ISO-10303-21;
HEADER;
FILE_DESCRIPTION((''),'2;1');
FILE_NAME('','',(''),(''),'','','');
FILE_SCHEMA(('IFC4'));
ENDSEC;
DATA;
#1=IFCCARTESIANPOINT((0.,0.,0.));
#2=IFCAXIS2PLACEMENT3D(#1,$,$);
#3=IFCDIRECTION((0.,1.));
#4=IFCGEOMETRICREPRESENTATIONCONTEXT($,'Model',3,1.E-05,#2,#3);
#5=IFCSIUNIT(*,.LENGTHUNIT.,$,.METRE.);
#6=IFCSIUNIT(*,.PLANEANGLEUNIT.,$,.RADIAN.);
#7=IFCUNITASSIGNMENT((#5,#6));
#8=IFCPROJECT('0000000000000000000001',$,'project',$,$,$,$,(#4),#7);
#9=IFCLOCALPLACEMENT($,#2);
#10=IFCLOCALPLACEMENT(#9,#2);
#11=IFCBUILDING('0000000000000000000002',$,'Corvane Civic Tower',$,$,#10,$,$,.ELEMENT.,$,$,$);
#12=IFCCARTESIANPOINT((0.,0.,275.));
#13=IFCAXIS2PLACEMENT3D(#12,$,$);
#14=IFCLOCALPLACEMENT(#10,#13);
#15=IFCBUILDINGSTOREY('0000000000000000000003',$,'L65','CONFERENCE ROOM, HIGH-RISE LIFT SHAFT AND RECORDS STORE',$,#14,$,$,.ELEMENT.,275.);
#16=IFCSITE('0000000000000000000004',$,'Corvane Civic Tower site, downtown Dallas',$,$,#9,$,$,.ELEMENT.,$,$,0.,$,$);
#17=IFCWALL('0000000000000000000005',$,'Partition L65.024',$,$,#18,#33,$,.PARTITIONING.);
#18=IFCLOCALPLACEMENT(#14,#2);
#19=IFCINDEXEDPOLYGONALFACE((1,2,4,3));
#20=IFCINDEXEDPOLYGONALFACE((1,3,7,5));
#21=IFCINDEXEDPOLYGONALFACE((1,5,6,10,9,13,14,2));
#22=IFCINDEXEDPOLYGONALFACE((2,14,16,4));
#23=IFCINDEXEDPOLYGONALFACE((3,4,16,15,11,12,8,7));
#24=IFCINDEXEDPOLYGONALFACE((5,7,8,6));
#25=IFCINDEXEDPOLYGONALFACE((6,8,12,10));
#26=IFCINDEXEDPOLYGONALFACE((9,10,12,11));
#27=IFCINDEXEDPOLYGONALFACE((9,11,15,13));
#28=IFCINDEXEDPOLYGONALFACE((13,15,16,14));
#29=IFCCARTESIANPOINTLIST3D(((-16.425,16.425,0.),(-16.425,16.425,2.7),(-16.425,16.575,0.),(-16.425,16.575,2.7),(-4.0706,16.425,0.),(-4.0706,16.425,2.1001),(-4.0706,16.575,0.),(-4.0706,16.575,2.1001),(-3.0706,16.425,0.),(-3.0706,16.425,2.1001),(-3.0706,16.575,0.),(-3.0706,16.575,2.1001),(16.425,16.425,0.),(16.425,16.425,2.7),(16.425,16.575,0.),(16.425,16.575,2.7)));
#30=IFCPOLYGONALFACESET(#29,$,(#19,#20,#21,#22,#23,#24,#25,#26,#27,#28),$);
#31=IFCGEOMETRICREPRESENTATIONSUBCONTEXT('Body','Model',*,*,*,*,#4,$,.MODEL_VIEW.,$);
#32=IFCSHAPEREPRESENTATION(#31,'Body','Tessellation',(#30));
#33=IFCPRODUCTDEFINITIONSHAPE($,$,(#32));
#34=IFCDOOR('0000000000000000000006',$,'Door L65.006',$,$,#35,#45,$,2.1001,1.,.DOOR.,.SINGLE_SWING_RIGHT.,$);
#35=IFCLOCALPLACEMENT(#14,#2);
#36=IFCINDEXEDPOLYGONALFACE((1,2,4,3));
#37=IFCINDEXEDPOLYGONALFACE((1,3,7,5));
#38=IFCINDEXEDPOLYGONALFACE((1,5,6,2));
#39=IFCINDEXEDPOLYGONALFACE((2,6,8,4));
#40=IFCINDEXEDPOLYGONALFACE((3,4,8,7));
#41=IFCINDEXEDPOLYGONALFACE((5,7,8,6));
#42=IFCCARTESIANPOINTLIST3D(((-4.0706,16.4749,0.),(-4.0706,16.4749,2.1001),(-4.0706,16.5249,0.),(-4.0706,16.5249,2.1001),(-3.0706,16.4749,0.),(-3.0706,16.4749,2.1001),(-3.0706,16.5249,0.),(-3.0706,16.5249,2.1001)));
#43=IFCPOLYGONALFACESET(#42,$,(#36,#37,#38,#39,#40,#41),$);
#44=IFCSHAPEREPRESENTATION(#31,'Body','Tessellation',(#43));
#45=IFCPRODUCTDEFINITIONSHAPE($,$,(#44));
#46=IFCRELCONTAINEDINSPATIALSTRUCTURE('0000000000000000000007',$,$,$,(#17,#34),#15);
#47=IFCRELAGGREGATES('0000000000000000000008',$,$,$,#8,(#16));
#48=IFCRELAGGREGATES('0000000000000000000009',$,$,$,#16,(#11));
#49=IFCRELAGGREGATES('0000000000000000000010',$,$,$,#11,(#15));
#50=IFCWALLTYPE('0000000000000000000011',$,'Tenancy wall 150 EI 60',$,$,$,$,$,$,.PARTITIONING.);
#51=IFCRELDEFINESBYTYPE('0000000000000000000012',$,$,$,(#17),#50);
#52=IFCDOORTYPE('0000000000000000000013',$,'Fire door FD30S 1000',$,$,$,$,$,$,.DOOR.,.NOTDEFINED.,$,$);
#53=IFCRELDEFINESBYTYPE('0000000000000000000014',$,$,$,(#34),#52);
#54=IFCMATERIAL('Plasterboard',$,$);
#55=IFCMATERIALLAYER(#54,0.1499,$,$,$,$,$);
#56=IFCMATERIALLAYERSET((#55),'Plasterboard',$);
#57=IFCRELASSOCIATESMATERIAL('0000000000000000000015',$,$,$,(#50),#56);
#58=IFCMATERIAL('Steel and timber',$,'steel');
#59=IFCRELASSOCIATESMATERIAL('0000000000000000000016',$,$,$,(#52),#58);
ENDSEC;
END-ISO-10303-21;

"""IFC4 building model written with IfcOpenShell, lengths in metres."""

from ifc_helpers import new_model, si_unit, direction, frame, frame_2d, origin, place, context, subcontext, project, spatial, rectangle, extrude, material, layer, layer_set, type_object, element, fill, save


model = new_model("IFC4")

# Units and contexts
model_context = context("Model", 3, precision=1e-05, world=origin(), true_north=direction((0.0, 1.0)))
body_context = subcontext(model_context, "Body", "Model", "MODEL_VIEW")
ifc_project = project(units=[si_unit("LENGTHUNIT", "METRE"), si_unit("PLANEANGLEUNIT", "RADIAN")], contexts=[model_context])

# Site, building, storey
site_placement = place(None, origin())
site = spatial("IfcSite", under=ifc_project, at=site_placement, Name="Corvane Civic Tower site, downtown Dallas", CompositionType="ELEMENT", RefElevation=0.0)
building_placement = place(site_placement, origin())
building = spatial("IfcBuilding", under=site, at=building_placement, Name="Corvane Civic Tower", CompositionType="ELEMENT")
storey_placement = place(building_placement, frame((0.0, 0.0, 275.0)))
storey = spatial("IfcBuildingStorey", under=building, at=storey_placement, Name="L65", Description="CONFERENCE ROOM, HIGH-RISE LIFT SHAFT AND RECORDS STORE", CompositionType="ELEMENT", Elevation=275.0)

# Wall, opening, door
ifc_material_1 = material(Name="Plasterboard")
ifc_layer_1 = layer(ifc_material_1, 0.1499)
ifc_layer_set_1 = layer_set([ifc_layer_1], Name="Plasterboard")
wall_type_1 = type_object("IfcWallType", Name="Tenancy wall 150 EI 60", PredefinedType="PARTITIONING", material=ifc_layer_set_1)
wall_1_placement = place(storey_placement, frame((-16.425, 16.5, 0.0), z_axis=(0.0, 0.0, 1.0), x_axis=(1.0, 0.0, 0.0)))
wall_1 = element("IfcWall", 1, at=wall_1_placement, inside=storey, type_object=wall_type_1, Name="Partition L65.024", PredefinedType="PARTITIONING", context=body_context, shape_type="SweptSolid", body=[
    extrude(rectangle(XDim=32.8501, YDim=0.1499, at=frame_2d((16.425, 0.0))), origin(), (0.0, 0.0, 1.0), 2.7),
])
opening_1_placement = place(wall_1_placement, frame((12.3545, 0.0, 0.0)))
opening_1 = element("IfcOpeningElement", 2, at=opening_1_placement, cuts=wall_1, PredefinedType="OPENING", context=body_context, shape_type="SweptSolid", body=[
    extrude(rectangle(XDim=1.0, YDim=2.1001, at=frame_2d((0.5, 1.05))), frame((0.0, 0.085, 0.0), z_axis=(0.0, -1.0, 0.0), x_axis=(1.0, 0.0, 0.0)), (0.0, 0.0, 1.0), 0.1699),
])
ifc_material_2 = material(Name="Steel and timber", Category="steel")
door_type_1 = type_object("IfcDoorType", Name="Fire door FD30S 1000", OperationType="NOTDEFINED", PredefinedType="DOOR", material=ifc_material_2)
door_1_placement = place(opening_1_placement, origin())
door_1 = element("IfcDoor", 3, at=door_1_placement, inside=storey, type_object=door_type_1, Name="Door L65.006", OperationType="SINGLE_SWING_RIGHT", OverallHeight=2.1001, OverallWidth=1.0, PredefinedType="DOOR", context=body_context, shape_type="SweptSolid", body=[
    extrude(rectangle(XDim=1.0, YDim=2.1001, at=frame_2d((0.5, 1.05))), frame((0.0, 0.0249, 0.0), z_axis=(0.0, -1.0, 0.0), x_axis=(1.0, 0.0, 0.0)), (0.0, 0.0, 1.0), 0.05),
])
fill(opening_1, door_1)

save(model, "model.ifc")
